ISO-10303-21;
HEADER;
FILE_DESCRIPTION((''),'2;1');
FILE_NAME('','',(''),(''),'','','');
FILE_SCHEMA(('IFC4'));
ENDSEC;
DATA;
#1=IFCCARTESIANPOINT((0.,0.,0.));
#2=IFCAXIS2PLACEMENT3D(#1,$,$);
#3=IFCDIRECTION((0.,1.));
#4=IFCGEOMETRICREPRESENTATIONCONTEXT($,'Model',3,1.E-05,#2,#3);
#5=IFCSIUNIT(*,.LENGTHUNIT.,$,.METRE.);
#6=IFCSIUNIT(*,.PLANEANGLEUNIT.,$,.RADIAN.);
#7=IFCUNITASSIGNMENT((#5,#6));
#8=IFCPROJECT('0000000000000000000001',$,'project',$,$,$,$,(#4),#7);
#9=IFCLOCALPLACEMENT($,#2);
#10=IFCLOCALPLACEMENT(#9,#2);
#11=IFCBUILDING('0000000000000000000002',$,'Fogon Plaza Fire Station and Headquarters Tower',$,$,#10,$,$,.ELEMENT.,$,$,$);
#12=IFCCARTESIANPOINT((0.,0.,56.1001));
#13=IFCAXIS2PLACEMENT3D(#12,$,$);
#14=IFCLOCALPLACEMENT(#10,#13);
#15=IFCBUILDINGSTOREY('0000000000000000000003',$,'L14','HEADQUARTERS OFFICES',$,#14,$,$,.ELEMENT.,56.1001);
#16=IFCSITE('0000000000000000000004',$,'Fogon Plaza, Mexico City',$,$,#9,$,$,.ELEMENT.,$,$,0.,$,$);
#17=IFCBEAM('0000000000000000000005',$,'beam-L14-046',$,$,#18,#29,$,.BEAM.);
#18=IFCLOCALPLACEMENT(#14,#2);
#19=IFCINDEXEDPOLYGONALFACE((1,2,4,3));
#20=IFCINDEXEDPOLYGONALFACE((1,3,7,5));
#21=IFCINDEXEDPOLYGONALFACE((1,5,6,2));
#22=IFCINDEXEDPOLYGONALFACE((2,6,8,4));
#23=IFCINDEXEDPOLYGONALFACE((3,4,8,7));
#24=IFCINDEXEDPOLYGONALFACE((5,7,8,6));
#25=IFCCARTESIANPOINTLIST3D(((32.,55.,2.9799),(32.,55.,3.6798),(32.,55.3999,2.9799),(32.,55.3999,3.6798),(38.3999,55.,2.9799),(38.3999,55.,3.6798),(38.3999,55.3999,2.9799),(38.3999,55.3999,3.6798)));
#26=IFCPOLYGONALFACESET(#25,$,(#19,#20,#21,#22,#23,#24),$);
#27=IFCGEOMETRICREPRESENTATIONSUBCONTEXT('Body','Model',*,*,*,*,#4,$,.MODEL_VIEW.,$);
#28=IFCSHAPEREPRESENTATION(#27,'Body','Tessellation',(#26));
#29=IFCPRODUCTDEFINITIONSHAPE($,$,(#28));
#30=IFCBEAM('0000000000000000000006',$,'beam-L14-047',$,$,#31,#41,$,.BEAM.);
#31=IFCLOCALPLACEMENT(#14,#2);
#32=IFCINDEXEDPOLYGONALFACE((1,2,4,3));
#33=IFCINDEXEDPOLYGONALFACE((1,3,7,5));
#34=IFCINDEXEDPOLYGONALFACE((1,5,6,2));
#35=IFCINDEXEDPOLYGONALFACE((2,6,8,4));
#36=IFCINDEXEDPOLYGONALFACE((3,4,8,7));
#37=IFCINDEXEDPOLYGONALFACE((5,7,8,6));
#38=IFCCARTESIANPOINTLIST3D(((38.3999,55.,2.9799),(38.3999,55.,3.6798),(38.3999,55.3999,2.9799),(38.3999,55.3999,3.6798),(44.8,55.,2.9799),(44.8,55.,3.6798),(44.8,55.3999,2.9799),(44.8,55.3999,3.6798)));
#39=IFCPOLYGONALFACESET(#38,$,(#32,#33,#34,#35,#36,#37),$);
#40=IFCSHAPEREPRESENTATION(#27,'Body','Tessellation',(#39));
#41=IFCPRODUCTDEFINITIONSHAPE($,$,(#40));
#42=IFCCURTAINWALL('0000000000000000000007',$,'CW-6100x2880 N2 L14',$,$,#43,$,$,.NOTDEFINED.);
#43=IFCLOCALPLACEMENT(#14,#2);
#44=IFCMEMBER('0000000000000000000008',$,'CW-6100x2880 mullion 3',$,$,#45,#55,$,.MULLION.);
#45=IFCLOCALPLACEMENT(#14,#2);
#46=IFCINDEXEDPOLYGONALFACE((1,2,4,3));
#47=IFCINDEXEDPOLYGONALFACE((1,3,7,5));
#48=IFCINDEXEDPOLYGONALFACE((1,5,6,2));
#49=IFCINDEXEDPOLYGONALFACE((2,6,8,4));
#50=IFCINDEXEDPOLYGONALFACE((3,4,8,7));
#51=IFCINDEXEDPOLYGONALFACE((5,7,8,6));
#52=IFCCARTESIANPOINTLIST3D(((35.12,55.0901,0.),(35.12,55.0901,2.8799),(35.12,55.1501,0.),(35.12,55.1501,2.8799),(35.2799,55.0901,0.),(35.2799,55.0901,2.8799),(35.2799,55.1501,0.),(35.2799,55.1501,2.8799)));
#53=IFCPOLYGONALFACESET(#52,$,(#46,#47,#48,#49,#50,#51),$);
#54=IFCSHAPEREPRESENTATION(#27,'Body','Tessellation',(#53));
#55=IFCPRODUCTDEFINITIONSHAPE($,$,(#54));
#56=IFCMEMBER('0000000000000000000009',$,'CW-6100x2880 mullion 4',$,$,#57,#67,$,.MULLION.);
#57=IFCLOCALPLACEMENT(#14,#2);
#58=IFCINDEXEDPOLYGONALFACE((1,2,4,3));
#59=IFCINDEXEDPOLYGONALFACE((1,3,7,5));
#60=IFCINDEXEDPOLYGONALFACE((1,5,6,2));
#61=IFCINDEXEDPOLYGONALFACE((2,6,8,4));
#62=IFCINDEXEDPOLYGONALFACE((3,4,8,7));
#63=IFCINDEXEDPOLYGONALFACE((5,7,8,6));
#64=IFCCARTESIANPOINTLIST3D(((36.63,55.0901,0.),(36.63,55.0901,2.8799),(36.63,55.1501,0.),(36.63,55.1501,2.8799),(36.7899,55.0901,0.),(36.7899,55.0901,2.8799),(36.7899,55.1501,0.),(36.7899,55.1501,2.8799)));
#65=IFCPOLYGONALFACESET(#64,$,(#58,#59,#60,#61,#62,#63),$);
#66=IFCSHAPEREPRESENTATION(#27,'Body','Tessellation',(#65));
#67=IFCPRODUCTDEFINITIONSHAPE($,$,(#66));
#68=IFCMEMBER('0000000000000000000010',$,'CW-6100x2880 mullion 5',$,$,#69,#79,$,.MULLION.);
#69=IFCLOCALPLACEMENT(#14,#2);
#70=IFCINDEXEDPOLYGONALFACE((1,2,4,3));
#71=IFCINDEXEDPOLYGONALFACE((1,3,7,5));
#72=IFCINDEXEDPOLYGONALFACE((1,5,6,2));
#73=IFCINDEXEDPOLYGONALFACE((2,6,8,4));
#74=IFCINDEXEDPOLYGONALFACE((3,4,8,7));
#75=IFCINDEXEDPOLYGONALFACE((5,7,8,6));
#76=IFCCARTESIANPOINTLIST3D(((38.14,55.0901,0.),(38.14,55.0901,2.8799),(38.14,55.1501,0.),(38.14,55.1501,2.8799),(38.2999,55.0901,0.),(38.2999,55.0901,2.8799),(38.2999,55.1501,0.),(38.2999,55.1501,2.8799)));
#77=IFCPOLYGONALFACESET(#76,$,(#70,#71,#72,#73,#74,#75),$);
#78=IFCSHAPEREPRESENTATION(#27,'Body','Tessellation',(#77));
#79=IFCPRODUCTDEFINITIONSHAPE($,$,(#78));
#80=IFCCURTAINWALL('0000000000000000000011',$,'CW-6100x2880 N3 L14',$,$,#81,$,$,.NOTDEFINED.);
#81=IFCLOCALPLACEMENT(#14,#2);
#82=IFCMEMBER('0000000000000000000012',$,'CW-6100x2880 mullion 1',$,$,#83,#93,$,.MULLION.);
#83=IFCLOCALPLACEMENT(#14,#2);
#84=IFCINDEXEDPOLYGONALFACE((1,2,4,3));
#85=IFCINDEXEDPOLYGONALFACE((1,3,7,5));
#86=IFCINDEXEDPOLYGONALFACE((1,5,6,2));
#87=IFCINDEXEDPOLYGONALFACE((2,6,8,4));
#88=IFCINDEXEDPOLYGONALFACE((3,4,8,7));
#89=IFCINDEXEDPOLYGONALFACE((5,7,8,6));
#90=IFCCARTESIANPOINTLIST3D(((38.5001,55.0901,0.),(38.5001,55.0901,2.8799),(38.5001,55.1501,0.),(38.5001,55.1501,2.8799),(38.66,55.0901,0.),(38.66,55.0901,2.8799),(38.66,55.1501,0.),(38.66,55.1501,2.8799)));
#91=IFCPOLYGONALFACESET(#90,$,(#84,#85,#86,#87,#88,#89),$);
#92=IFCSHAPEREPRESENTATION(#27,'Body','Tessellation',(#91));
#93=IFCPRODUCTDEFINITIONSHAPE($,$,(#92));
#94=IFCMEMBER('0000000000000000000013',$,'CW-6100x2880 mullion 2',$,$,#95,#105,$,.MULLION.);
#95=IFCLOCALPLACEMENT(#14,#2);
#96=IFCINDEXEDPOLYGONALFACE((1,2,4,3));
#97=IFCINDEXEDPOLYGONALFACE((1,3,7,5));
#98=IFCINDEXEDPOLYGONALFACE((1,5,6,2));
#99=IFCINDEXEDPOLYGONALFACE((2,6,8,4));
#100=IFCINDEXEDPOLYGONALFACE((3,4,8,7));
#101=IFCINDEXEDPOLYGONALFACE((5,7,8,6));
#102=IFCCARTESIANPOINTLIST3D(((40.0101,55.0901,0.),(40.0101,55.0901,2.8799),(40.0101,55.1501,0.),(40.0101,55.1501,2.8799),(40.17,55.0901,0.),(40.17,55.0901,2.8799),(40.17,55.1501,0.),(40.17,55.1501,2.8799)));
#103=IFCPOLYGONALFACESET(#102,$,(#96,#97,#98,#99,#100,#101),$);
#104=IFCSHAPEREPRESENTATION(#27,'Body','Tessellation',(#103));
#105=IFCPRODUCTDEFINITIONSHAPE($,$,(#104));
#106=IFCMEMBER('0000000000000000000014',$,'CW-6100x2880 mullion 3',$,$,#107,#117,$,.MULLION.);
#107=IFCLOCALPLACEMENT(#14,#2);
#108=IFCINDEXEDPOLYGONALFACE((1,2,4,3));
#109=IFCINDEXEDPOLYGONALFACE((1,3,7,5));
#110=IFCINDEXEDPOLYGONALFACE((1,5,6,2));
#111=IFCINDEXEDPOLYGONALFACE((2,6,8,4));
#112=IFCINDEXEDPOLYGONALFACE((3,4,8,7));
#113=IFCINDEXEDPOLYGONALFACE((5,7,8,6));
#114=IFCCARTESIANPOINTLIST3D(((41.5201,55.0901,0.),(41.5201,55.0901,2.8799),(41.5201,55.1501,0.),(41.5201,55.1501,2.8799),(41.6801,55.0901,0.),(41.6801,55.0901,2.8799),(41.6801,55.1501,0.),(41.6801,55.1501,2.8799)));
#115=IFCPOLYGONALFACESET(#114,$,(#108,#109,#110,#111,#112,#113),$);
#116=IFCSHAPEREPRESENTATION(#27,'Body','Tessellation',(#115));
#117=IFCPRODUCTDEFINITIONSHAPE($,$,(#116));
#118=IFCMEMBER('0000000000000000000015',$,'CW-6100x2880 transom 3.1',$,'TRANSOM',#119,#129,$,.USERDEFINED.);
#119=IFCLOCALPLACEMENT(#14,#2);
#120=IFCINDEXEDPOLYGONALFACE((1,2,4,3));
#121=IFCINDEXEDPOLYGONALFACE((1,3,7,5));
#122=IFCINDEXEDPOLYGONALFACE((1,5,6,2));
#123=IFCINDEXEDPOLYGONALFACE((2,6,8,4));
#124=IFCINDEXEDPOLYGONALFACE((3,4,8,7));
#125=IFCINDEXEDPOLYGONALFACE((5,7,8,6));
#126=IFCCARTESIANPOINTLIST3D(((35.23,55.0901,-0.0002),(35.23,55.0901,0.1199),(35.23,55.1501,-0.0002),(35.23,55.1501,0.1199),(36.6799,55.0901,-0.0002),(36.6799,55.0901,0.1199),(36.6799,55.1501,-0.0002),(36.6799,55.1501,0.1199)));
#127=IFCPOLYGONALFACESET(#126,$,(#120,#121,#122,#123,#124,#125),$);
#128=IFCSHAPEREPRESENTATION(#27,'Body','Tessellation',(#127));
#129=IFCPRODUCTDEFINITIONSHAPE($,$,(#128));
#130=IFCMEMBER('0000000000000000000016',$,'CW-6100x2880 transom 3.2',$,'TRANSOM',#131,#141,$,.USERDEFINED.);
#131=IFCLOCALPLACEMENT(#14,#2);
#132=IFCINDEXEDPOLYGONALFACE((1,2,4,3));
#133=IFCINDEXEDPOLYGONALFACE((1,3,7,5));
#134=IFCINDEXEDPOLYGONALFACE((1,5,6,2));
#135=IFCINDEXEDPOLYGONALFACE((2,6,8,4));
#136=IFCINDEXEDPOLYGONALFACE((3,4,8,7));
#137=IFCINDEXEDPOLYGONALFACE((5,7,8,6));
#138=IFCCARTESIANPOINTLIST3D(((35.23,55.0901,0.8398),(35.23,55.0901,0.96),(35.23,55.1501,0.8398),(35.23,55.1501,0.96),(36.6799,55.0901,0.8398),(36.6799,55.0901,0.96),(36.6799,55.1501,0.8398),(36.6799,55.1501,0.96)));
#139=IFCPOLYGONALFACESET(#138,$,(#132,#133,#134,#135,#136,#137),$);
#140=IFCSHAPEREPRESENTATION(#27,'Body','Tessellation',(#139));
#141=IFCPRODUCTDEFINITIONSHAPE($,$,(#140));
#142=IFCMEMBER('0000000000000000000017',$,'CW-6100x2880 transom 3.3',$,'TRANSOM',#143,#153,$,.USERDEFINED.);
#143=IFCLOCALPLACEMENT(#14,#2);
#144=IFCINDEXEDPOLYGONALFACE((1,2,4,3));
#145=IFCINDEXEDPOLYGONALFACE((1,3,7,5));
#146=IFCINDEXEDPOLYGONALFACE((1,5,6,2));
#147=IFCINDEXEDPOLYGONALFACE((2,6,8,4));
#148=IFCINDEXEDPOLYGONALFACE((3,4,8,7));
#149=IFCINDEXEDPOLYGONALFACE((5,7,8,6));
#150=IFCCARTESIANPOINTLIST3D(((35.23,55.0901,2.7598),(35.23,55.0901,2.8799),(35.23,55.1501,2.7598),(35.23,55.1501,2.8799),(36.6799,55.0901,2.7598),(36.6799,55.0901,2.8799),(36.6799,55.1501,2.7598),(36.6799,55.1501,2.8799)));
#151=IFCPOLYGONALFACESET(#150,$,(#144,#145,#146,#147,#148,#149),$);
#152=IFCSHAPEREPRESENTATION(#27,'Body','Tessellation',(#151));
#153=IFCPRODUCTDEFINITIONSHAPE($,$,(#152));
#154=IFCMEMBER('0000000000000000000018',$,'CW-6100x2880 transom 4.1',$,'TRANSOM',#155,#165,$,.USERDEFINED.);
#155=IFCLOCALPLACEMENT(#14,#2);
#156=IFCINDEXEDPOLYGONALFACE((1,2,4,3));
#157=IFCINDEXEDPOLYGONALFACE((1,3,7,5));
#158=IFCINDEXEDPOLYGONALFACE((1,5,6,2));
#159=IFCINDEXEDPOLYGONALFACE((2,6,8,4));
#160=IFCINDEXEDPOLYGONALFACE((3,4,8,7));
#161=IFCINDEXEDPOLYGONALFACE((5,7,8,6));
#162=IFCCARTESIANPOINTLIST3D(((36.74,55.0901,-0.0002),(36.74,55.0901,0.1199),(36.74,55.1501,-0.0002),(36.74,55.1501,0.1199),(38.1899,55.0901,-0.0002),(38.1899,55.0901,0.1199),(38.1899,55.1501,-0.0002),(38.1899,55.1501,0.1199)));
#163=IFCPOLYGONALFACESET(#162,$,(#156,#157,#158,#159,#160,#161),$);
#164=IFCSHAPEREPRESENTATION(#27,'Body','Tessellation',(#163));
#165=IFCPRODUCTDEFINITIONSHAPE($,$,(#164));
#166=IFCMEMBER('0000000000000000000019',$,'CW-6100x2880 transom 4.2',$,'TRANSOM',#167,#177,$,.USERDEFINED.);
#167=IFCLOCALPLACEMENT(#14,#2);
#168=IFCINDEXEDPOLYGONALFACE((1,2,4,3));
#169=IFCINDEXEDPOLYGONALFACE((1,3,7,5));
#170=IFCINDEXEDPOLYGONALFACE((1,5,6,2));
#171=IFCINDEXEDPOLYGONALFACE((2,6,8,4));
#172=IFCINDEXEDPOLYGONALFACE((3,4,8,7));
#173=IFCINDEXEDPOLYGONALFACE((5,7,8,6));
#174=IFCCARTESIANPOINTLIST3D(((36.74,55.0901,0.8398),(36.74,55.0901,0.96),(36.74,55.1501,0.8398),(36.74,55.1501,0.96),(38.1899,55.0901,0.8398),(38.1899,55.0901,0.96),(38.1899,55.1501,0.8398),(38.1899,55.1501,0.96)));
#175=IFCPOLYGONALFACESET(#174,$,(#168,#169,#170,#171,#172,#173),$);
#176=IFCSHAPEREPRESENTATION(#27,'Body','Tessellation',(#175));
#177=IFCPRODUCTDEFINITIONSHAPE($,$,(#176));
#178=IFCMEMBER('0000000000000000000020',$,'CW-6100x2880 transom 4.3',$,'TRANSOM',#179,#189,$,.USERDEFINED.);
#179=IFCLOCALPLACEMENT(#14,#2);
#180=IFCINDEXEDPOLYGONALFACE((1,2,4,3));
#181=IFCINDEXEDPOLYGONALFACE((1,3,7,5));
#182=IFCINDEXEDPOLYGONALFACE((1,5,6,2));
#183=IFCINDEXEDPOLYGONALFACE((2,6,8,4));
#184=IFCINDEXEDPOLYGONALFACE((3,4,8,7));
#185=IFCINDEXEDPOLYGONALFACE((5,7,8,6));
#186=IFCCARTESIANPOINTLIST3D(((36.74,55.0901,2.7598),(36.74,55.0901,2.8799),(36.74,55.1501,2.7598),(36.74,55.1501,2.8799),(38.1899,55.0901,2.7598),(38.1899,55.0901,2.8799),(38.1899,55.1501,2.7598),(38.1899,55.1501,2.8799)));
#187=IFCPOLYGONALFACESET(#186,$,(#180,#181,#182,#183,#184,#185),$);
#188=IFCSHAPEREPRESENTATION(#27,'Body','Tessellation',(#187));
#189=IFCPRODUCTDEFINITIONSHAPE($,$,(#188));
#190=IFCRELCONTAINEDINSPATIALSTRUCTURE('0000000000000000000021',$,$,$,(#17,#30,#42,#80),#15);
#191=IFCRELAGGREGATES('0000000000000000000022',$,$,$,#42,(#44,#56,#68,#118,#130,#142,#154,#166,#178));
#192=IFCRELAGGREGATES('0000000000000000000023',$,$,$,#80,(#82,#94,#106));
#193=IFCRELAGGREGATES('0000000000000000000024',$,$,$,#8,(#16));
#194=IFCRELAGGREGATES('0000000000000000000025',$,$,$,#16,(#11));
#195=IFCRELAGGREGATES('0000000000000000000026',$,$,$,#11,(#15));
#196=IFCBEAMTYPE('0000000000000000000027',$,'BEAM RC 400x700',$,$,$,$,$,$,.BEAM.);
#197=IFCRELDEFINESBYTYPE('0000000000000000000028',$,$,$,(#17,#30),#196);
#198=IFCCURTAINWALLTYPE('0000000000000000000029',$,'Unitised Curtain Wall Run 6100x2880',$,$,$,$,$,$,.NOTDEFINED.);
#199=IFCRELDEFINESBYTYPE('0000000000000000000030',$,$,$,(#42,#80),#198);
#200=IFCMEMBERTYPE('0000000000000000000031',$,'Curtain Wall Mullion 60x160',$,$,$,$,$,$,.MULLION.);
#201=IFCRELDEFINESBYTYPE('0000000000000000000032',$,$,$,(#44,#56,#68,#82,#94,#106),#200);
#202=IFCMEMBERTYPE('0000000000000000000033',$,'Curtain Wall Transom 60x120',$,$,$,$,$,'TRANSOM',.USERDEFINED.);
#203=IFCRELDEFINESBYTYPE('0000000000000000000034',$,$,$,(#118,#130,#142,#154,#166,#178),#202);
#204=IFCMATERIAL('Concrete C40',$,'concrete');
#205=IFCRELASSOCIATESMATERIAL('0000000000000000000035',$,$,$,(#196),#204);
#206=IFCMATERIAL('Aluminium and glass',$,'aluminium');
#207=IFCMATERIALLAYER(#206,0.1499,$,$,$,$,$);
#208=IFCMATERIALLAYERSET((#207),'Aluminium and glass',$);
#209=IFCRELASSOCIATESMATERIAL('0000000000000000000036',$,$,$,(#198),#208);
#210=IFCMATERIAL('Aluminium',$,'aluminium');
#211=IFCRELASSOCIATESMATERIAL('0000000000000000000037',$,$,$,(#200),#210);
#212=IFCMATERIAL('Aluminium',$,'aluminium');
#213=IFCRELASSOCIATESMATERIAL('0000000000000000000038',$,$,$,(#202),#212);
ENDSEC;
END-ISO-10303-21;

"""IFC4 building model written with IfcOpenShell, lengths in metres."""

from ifc_helpers import new_model, si_unit, direction, frame, origin, origin_2d, place, context, subcontext, project, spatial, rectangle, extrude, material, layer, layer_set, material_profile, profile_set, type_object, element, aggregate, save


model = new_model("IFC4")

# Units and contexts
model_context = context("Model", 3, precision=1e-05, world=origin(), true_north=direction((0.0, 1.0)))
body_context = subcontext(model_context, "Body", "Model", "MODEL_VIEW")
ifc_project = project(units=[si_unit("LENGTHUNIT", "METRE"), si_unit("PLANEANGLEUNIT", "RADIAN")], contexts=[model_context])

# Site, building, storey
site_placement = place(None, origin())
site = spatial("IfcSite", under=ifc_project, at=site_placement, Name="Fogon Plaza, Mexico City", CompositionType="ELEMENT", RefElevation=0.0)
building_placement = place(site_placement, origin())
building = spatial("IfcBuilding", under=site, at=building_placement, Name="Fogon Plaza Fire Station and Headquarters Tower", CompositionType="ELEMENT")
storey_placement = place(building_placement, frame((0.0, 0.0, 56.1001)))
storey = spatial("IfcBuildingStorey", under=building, at=storey_placement, Name="L14", Description="HEADQUARTERS OFFICES", CompositionType="ELEMENT", Elevation=56.1001)

# Beams
ifc_material_1 = material(Name="Concrete C40", Category="concrete")
ifc_material_profile_1 = material_profile(ifc_material_1, rectangle(XDim=0.3999, YDim=0.7, at=origin_2d()), Name="RC 400x700")
ifc_profile_set_1 = profile_set([ifc_material_profile_1], Name="Concrete C40")
beam_type = type_object("IfcBeamType", Name="BEAM RC 400x700", PredefinedType="BEAM", material=ifc_profile_set_1)
beam_1_placement = place(storey_placement, frame((32.0, 55.2, 3.3298), z_axis=(1.0, 0.0, 0.0), x_axis=(0.0, 1.0, 0.0)))
element("IfcBeam", 1, at=beam_1_placement, inside=storey, type_object=beam_type, Name="beam-L14-046", PredefinedType="BEAM", context=body_context, shape_type="SweptSolid", body=[
    extrude(rectangle(XDim=0.3999, YDim=0.7, at=origin_2d()), origin(), (0.0, 0.0, 1.0), 6.3999),
])
beam_2_placement = place(storey_placement, frame((38.3999, 55.2, 3.3298), z_axis=(1.0, 0.0, 0.0), x_axis=(0.0, 1.0, 0.0)))
element("IfcBeam", 2, at=beam_2_placement, inside=storey, type_object=beam_type, Name="beam-L14-047", PredefinedType="BEAM", context=body_context, shape_type="SweptSolid", body=[
    extrude(rectangle(XDim=0.3999, YDim=0.7, at=origin_2d()), origin(), (0.0, 0.0, 1.0), 6.4001),
])

# Curtain walls, members
ifc_material_2 = material(Name="Aluminium and glass", Category="aluminium")
ifc_layer_1 = layer(ifc_material_2, 0.1499)
ifc_layer_set_1 = layer_set([ifc_layer_1], Name="Aluminium and glass")
curtain_wall_type = type_object("IfcCurtainWallType", Name="Unitised Curtain Wall Run 6100x2880", PredefinedType="NOTDEFINED", material=ifc_layer_set_1)
curtain_wall_1_placement = place(storey_placement, origin())
curtain_wall_1 = element("IfcCurtainWall", 3, at=curtain_wall_1_placement, inside=storey, type_object=curtain_wall_type, Name="CW-6100x2880 N2 L14", PredefinedType="NOTDEFINED")
ifc_material_3 = material(Name="Aluminium", Category="aluminium")
ifc_material_profile_2 = material_profile(ifc_material_3, rectangle(XDim=0.0601, YDim=0.1599, at=origin_2d()), Name="Curtain Wall Mullion 60x160")
ifc_profile_set_2 = profile_set([ifc_material_profile_2], Name="Aluminium")
member_type_1 = type_object("IfcMemberType", Name="Curtain Wall Mullion 60x160", PredefinedType="MULLION", material=ifc_profile_set_2)
member_1_placement = place(storey_placement, frame((35.2, 55.1201, 0.0), z_axis=(0.0, 0.0, 1.0), x_axis=(0.0, 1.0, 0.0)))
member_1 = element("IfcMember", 4, at=member_1_placement, type_object=member_type_1, Name="CW-6100x2880 mullion 3", PredefinedType="MULLION", context=body_context, shape_type="SweptSolid", body=[
    extrude(rectangle(XDim=0.0601, YDim=0.1599, at=origin_2d()), origin(), (0.0, 0.0, 1.0), 2.8799),
])
member_2_placement = place(storey_placement, frame((36.71, 55.1201, 0.0), z_axis=(0.0, 0.0, 1.0), x_axis=(0.0, 1.0, 0.0)))
member_2 = element("IfcMember", 5, at=member_2_placement, type_object=member_type_1, Name="CW-6100x2880 mullion 4", PredefinedType="MULLION", context=body_context, shape_type="SweptSolid", body=[
    extrude(rectangle(XDim=0.0601, YDim=0.1599, at=origin_2d()), origin(), (0.0, 0.0, 1.0), 2.8799),
])
member_3_placement = place(storey_placement, frame((38.22, 55.1201, 0.0), z_axis=(0.0, 0.0, 1.0), x_axis=(0.0, 1.0, 0.0)))
member_3 = element("IfcMember", 6, at=member_3_placement, type_object=member_type_1, Name="CW-6100x2880 mullion 5", PredefinedType="MULLION", context=body_context, shape_type="SweptSolid", body=[
    extrude(rectangle(XDim=0.0601, YDim=0.1599, at=origin_2d()), origin(), (0.0, 0.0, 1.0), 2.8799),
])
curtain_wall_2_placement = place(storey_placement, origin())
curtain_wall_2 = element("IfcCurtainWall", 7, at=curtain_wall_2_placement, inside=storey, type_object=curtain_wall_type, Name="CW-6100x2880 N3 L14", PredefinedType="NOTDEFINED")
member_4_placement = place(storey_placement, frame((38.5801, 55.1201, 0.0), z_axis=(0.0, 0.0, 1.0), x_axis=(0.0, 1.0, 0.0)))
member_4 = element("IfcMember", 8, at=member_4_placement, type_object=member_type_1, Name="CW-6100x2880 mullion 1", PredefinedType="MULLION", context=body_context, shape_type="SweptSolid", body=[
    extrude(rectangle(XDim=0.0601, YDim=0.1599, at=origin_2d()), origin(), (0.0, 0.0, 1.0), 2.8799),
])
member_5_placement = place(storey_placement, frame((40.0901, 55.1201, 0.0), z_axis=(0.0, 0.0, 1.0), x_axis=(0.0, 1.0, 0.0)))
member_5 = element("IfcMember", 9, at=member_5_placement, type_object=member_type_1, Name="CW-6100x2880 mullion 2", PredefinedType="MULLION", context=body_context, shape_type="SweptSolid", body=[
    extrude(rectangle(XDim=0.0601, YDim=0.1599, at=origin_2d()), origin(), (0.0, 0.0, 1.0), 2.8799),
])
member_6_placement = place(storey_placement, frame((41.6001, 55.1201, 0.0), z_axis=(0.0, 0.0, 1.0), x_axis=(0.0, 1.0, 0.0)))
member_6 = element("IfcMember", 10, at=member_6_placement, type_object=member_type_1, Name="CW-6100x2880 mullion 3", PredefinedType="MULLION", context=body_context, shape_type="SweptSolid", body=[
    extrude(rectangle(XDim=0.0601, YDim=0.1599, at=origin_2d()), origin(), (0.0, 0.0, 1.0), 2.8799),
])

# Members
ifc_material_4 = material(Name="Aluminium", Category="aluminium")
ifc_material_profile_3 = material_profile(ifc_material_4, rectangle(XDim=0.0601, YDim=0.1201, at=origin_2d()), Name="Curtain Wall Transom 60x120")
ifc_profile_set_3 = profile_set([ifc_material_profile_3], Name="Aluminium")
member_type_2 = type_object("IfcMemberType", Name="Curtain Wall Transom 60x120", ElementType="TRANSOM", PredefinedType="USERDEFINED", material=ifc_profile_set_3)
member_7_placement = place(storey_placement, frame((35.23, 55.1201, 0.0598), z_axis=(1.0, 0.0, 0.0), x_axis=(0.0, 1.0, 0.0)))
member_7 = element("IfcMember", 11, at=member_7_placement, type_object=member_type_2, Name="CW-6100x2880 transom 3.1", ObjectType="TRANSOM", PredefinedType="USERDEFINED", context=body_context, shape_type="SweptSolid", body=[
    extrude(rectangle(XDim=0.0601, YDim=0.1201, at=origin_2d()), origin(), (0.0, 0.0, 1.0), 1.45),
])
member_8_placement = place(storey_placement, frame((35.23, 55.1201, 0.8999), z_axis=(1.0, 0.0, 0.0), x_axis=(0.0, 1.0, 0.0)))
member_8 = element("IfcMember", 12, at=member_8_placement, type_object=member_type_2, Name="CW-6100x2880 transom 3.2", ObjectType="TRANSOM", PredefinedType="USERDEFINED", context=body_context, shape_type="SweptSolid", body=[
    extrude(rectangle(XDim=0.0601, YDim=0.1201, at=origin_2d()), origin(), (0.0, 0.0, 1.0), 1.45),
])
member_9_placement = place(storey_placement, frame((35.23, 55.1201, 2.8198), z_axis=(1.0, 0.0, 0.0), x_axis=(0.0, 1.0, 0.0)))
member_9 = element("IfcMember", 13, at=member_9_placement, type_object=member_type_2, Name="CW-6100x2880 transom 3.3", ObjectType="TRANSOM", PredefinedType="USERDEFINED", context=body_context, shape_type="SweptSolid", body=[
    extrude(rectangle(XDim=0.0601, YDim=0.1201, at=origin_2d()), origin(), (0.0, 0.0, 1.0), 1.45),
])
member_10_placement = place(storey_placement, frame((36.74, 55.1201, 0.0598), z_axis=(1.0, 0.0, 0.0), x_axis=(0.0, 1.0, 0.0)))
member_10 = element("IfcMember", 14, at=member_10_placement, type_object=member_type_2, Name="CW-6100x2880 transom 4.1", ObjectType="TRANSOM", PredefinedType="USERDEFINED", context=body_context, shape_type="SweptSolid", body=[
    extrude(rectangle(XDim=0.0601, YDim=0.1201, at=origin_2d()), origin(), (0.0, 0.0, 1.0), 1.45),
])
member_11_placement = place(storey_placement, frame((36.74, 55.1201, 0.8999), z_axis=(1.0, 0.0, 0.0), x_axis=(0.0, 1.0, 0.0)))
member_11 = element("IfcMember", 15, at=member_11_placement, type_object=member_type_2, Name="CW-6100x2880 transom 4.2", ObjectType="TRANSOM", PredefinedType="USERDEFINED", context=body_context, shape_type="SweptSolid", body=[
    extrude(rectangle(XDim=0.0601, YDim=0.1201, at=origin_2d()), origin(), (0.0, 0.0, 1.0), 1.45),
])
member_12_placement = place(storey_placement, frame((36.74, 55.1201, 2.8198), z_axis=(1.0, 0.0, 0.0), x_axis=(0.0, 1.0, 0.0)))
member_12 = element("IfcMember", 16, at=member_12_placement, type_object=member_type_2, Name="CW-6100x2880 transom 4.3", ObjectType="TRANSOM", PredefinedType="USERDEFINED", context=body_context, shape_type="SweptSolid", body=[
    extrude(rectangle(XDim=0.0601, YDim=0.1201, at=origin_2d()), origin(), (0.0, 0.0, 1.0), 1.45),
])

aggregate(curtain_wall_1, [member_1, member_2, member_3, member_7, member_8, member_9, member_10, member_11, member_12])
aggregate(curtain_wall_2, [member_4, member_5, member_6])

save(model, "model.ifc")
